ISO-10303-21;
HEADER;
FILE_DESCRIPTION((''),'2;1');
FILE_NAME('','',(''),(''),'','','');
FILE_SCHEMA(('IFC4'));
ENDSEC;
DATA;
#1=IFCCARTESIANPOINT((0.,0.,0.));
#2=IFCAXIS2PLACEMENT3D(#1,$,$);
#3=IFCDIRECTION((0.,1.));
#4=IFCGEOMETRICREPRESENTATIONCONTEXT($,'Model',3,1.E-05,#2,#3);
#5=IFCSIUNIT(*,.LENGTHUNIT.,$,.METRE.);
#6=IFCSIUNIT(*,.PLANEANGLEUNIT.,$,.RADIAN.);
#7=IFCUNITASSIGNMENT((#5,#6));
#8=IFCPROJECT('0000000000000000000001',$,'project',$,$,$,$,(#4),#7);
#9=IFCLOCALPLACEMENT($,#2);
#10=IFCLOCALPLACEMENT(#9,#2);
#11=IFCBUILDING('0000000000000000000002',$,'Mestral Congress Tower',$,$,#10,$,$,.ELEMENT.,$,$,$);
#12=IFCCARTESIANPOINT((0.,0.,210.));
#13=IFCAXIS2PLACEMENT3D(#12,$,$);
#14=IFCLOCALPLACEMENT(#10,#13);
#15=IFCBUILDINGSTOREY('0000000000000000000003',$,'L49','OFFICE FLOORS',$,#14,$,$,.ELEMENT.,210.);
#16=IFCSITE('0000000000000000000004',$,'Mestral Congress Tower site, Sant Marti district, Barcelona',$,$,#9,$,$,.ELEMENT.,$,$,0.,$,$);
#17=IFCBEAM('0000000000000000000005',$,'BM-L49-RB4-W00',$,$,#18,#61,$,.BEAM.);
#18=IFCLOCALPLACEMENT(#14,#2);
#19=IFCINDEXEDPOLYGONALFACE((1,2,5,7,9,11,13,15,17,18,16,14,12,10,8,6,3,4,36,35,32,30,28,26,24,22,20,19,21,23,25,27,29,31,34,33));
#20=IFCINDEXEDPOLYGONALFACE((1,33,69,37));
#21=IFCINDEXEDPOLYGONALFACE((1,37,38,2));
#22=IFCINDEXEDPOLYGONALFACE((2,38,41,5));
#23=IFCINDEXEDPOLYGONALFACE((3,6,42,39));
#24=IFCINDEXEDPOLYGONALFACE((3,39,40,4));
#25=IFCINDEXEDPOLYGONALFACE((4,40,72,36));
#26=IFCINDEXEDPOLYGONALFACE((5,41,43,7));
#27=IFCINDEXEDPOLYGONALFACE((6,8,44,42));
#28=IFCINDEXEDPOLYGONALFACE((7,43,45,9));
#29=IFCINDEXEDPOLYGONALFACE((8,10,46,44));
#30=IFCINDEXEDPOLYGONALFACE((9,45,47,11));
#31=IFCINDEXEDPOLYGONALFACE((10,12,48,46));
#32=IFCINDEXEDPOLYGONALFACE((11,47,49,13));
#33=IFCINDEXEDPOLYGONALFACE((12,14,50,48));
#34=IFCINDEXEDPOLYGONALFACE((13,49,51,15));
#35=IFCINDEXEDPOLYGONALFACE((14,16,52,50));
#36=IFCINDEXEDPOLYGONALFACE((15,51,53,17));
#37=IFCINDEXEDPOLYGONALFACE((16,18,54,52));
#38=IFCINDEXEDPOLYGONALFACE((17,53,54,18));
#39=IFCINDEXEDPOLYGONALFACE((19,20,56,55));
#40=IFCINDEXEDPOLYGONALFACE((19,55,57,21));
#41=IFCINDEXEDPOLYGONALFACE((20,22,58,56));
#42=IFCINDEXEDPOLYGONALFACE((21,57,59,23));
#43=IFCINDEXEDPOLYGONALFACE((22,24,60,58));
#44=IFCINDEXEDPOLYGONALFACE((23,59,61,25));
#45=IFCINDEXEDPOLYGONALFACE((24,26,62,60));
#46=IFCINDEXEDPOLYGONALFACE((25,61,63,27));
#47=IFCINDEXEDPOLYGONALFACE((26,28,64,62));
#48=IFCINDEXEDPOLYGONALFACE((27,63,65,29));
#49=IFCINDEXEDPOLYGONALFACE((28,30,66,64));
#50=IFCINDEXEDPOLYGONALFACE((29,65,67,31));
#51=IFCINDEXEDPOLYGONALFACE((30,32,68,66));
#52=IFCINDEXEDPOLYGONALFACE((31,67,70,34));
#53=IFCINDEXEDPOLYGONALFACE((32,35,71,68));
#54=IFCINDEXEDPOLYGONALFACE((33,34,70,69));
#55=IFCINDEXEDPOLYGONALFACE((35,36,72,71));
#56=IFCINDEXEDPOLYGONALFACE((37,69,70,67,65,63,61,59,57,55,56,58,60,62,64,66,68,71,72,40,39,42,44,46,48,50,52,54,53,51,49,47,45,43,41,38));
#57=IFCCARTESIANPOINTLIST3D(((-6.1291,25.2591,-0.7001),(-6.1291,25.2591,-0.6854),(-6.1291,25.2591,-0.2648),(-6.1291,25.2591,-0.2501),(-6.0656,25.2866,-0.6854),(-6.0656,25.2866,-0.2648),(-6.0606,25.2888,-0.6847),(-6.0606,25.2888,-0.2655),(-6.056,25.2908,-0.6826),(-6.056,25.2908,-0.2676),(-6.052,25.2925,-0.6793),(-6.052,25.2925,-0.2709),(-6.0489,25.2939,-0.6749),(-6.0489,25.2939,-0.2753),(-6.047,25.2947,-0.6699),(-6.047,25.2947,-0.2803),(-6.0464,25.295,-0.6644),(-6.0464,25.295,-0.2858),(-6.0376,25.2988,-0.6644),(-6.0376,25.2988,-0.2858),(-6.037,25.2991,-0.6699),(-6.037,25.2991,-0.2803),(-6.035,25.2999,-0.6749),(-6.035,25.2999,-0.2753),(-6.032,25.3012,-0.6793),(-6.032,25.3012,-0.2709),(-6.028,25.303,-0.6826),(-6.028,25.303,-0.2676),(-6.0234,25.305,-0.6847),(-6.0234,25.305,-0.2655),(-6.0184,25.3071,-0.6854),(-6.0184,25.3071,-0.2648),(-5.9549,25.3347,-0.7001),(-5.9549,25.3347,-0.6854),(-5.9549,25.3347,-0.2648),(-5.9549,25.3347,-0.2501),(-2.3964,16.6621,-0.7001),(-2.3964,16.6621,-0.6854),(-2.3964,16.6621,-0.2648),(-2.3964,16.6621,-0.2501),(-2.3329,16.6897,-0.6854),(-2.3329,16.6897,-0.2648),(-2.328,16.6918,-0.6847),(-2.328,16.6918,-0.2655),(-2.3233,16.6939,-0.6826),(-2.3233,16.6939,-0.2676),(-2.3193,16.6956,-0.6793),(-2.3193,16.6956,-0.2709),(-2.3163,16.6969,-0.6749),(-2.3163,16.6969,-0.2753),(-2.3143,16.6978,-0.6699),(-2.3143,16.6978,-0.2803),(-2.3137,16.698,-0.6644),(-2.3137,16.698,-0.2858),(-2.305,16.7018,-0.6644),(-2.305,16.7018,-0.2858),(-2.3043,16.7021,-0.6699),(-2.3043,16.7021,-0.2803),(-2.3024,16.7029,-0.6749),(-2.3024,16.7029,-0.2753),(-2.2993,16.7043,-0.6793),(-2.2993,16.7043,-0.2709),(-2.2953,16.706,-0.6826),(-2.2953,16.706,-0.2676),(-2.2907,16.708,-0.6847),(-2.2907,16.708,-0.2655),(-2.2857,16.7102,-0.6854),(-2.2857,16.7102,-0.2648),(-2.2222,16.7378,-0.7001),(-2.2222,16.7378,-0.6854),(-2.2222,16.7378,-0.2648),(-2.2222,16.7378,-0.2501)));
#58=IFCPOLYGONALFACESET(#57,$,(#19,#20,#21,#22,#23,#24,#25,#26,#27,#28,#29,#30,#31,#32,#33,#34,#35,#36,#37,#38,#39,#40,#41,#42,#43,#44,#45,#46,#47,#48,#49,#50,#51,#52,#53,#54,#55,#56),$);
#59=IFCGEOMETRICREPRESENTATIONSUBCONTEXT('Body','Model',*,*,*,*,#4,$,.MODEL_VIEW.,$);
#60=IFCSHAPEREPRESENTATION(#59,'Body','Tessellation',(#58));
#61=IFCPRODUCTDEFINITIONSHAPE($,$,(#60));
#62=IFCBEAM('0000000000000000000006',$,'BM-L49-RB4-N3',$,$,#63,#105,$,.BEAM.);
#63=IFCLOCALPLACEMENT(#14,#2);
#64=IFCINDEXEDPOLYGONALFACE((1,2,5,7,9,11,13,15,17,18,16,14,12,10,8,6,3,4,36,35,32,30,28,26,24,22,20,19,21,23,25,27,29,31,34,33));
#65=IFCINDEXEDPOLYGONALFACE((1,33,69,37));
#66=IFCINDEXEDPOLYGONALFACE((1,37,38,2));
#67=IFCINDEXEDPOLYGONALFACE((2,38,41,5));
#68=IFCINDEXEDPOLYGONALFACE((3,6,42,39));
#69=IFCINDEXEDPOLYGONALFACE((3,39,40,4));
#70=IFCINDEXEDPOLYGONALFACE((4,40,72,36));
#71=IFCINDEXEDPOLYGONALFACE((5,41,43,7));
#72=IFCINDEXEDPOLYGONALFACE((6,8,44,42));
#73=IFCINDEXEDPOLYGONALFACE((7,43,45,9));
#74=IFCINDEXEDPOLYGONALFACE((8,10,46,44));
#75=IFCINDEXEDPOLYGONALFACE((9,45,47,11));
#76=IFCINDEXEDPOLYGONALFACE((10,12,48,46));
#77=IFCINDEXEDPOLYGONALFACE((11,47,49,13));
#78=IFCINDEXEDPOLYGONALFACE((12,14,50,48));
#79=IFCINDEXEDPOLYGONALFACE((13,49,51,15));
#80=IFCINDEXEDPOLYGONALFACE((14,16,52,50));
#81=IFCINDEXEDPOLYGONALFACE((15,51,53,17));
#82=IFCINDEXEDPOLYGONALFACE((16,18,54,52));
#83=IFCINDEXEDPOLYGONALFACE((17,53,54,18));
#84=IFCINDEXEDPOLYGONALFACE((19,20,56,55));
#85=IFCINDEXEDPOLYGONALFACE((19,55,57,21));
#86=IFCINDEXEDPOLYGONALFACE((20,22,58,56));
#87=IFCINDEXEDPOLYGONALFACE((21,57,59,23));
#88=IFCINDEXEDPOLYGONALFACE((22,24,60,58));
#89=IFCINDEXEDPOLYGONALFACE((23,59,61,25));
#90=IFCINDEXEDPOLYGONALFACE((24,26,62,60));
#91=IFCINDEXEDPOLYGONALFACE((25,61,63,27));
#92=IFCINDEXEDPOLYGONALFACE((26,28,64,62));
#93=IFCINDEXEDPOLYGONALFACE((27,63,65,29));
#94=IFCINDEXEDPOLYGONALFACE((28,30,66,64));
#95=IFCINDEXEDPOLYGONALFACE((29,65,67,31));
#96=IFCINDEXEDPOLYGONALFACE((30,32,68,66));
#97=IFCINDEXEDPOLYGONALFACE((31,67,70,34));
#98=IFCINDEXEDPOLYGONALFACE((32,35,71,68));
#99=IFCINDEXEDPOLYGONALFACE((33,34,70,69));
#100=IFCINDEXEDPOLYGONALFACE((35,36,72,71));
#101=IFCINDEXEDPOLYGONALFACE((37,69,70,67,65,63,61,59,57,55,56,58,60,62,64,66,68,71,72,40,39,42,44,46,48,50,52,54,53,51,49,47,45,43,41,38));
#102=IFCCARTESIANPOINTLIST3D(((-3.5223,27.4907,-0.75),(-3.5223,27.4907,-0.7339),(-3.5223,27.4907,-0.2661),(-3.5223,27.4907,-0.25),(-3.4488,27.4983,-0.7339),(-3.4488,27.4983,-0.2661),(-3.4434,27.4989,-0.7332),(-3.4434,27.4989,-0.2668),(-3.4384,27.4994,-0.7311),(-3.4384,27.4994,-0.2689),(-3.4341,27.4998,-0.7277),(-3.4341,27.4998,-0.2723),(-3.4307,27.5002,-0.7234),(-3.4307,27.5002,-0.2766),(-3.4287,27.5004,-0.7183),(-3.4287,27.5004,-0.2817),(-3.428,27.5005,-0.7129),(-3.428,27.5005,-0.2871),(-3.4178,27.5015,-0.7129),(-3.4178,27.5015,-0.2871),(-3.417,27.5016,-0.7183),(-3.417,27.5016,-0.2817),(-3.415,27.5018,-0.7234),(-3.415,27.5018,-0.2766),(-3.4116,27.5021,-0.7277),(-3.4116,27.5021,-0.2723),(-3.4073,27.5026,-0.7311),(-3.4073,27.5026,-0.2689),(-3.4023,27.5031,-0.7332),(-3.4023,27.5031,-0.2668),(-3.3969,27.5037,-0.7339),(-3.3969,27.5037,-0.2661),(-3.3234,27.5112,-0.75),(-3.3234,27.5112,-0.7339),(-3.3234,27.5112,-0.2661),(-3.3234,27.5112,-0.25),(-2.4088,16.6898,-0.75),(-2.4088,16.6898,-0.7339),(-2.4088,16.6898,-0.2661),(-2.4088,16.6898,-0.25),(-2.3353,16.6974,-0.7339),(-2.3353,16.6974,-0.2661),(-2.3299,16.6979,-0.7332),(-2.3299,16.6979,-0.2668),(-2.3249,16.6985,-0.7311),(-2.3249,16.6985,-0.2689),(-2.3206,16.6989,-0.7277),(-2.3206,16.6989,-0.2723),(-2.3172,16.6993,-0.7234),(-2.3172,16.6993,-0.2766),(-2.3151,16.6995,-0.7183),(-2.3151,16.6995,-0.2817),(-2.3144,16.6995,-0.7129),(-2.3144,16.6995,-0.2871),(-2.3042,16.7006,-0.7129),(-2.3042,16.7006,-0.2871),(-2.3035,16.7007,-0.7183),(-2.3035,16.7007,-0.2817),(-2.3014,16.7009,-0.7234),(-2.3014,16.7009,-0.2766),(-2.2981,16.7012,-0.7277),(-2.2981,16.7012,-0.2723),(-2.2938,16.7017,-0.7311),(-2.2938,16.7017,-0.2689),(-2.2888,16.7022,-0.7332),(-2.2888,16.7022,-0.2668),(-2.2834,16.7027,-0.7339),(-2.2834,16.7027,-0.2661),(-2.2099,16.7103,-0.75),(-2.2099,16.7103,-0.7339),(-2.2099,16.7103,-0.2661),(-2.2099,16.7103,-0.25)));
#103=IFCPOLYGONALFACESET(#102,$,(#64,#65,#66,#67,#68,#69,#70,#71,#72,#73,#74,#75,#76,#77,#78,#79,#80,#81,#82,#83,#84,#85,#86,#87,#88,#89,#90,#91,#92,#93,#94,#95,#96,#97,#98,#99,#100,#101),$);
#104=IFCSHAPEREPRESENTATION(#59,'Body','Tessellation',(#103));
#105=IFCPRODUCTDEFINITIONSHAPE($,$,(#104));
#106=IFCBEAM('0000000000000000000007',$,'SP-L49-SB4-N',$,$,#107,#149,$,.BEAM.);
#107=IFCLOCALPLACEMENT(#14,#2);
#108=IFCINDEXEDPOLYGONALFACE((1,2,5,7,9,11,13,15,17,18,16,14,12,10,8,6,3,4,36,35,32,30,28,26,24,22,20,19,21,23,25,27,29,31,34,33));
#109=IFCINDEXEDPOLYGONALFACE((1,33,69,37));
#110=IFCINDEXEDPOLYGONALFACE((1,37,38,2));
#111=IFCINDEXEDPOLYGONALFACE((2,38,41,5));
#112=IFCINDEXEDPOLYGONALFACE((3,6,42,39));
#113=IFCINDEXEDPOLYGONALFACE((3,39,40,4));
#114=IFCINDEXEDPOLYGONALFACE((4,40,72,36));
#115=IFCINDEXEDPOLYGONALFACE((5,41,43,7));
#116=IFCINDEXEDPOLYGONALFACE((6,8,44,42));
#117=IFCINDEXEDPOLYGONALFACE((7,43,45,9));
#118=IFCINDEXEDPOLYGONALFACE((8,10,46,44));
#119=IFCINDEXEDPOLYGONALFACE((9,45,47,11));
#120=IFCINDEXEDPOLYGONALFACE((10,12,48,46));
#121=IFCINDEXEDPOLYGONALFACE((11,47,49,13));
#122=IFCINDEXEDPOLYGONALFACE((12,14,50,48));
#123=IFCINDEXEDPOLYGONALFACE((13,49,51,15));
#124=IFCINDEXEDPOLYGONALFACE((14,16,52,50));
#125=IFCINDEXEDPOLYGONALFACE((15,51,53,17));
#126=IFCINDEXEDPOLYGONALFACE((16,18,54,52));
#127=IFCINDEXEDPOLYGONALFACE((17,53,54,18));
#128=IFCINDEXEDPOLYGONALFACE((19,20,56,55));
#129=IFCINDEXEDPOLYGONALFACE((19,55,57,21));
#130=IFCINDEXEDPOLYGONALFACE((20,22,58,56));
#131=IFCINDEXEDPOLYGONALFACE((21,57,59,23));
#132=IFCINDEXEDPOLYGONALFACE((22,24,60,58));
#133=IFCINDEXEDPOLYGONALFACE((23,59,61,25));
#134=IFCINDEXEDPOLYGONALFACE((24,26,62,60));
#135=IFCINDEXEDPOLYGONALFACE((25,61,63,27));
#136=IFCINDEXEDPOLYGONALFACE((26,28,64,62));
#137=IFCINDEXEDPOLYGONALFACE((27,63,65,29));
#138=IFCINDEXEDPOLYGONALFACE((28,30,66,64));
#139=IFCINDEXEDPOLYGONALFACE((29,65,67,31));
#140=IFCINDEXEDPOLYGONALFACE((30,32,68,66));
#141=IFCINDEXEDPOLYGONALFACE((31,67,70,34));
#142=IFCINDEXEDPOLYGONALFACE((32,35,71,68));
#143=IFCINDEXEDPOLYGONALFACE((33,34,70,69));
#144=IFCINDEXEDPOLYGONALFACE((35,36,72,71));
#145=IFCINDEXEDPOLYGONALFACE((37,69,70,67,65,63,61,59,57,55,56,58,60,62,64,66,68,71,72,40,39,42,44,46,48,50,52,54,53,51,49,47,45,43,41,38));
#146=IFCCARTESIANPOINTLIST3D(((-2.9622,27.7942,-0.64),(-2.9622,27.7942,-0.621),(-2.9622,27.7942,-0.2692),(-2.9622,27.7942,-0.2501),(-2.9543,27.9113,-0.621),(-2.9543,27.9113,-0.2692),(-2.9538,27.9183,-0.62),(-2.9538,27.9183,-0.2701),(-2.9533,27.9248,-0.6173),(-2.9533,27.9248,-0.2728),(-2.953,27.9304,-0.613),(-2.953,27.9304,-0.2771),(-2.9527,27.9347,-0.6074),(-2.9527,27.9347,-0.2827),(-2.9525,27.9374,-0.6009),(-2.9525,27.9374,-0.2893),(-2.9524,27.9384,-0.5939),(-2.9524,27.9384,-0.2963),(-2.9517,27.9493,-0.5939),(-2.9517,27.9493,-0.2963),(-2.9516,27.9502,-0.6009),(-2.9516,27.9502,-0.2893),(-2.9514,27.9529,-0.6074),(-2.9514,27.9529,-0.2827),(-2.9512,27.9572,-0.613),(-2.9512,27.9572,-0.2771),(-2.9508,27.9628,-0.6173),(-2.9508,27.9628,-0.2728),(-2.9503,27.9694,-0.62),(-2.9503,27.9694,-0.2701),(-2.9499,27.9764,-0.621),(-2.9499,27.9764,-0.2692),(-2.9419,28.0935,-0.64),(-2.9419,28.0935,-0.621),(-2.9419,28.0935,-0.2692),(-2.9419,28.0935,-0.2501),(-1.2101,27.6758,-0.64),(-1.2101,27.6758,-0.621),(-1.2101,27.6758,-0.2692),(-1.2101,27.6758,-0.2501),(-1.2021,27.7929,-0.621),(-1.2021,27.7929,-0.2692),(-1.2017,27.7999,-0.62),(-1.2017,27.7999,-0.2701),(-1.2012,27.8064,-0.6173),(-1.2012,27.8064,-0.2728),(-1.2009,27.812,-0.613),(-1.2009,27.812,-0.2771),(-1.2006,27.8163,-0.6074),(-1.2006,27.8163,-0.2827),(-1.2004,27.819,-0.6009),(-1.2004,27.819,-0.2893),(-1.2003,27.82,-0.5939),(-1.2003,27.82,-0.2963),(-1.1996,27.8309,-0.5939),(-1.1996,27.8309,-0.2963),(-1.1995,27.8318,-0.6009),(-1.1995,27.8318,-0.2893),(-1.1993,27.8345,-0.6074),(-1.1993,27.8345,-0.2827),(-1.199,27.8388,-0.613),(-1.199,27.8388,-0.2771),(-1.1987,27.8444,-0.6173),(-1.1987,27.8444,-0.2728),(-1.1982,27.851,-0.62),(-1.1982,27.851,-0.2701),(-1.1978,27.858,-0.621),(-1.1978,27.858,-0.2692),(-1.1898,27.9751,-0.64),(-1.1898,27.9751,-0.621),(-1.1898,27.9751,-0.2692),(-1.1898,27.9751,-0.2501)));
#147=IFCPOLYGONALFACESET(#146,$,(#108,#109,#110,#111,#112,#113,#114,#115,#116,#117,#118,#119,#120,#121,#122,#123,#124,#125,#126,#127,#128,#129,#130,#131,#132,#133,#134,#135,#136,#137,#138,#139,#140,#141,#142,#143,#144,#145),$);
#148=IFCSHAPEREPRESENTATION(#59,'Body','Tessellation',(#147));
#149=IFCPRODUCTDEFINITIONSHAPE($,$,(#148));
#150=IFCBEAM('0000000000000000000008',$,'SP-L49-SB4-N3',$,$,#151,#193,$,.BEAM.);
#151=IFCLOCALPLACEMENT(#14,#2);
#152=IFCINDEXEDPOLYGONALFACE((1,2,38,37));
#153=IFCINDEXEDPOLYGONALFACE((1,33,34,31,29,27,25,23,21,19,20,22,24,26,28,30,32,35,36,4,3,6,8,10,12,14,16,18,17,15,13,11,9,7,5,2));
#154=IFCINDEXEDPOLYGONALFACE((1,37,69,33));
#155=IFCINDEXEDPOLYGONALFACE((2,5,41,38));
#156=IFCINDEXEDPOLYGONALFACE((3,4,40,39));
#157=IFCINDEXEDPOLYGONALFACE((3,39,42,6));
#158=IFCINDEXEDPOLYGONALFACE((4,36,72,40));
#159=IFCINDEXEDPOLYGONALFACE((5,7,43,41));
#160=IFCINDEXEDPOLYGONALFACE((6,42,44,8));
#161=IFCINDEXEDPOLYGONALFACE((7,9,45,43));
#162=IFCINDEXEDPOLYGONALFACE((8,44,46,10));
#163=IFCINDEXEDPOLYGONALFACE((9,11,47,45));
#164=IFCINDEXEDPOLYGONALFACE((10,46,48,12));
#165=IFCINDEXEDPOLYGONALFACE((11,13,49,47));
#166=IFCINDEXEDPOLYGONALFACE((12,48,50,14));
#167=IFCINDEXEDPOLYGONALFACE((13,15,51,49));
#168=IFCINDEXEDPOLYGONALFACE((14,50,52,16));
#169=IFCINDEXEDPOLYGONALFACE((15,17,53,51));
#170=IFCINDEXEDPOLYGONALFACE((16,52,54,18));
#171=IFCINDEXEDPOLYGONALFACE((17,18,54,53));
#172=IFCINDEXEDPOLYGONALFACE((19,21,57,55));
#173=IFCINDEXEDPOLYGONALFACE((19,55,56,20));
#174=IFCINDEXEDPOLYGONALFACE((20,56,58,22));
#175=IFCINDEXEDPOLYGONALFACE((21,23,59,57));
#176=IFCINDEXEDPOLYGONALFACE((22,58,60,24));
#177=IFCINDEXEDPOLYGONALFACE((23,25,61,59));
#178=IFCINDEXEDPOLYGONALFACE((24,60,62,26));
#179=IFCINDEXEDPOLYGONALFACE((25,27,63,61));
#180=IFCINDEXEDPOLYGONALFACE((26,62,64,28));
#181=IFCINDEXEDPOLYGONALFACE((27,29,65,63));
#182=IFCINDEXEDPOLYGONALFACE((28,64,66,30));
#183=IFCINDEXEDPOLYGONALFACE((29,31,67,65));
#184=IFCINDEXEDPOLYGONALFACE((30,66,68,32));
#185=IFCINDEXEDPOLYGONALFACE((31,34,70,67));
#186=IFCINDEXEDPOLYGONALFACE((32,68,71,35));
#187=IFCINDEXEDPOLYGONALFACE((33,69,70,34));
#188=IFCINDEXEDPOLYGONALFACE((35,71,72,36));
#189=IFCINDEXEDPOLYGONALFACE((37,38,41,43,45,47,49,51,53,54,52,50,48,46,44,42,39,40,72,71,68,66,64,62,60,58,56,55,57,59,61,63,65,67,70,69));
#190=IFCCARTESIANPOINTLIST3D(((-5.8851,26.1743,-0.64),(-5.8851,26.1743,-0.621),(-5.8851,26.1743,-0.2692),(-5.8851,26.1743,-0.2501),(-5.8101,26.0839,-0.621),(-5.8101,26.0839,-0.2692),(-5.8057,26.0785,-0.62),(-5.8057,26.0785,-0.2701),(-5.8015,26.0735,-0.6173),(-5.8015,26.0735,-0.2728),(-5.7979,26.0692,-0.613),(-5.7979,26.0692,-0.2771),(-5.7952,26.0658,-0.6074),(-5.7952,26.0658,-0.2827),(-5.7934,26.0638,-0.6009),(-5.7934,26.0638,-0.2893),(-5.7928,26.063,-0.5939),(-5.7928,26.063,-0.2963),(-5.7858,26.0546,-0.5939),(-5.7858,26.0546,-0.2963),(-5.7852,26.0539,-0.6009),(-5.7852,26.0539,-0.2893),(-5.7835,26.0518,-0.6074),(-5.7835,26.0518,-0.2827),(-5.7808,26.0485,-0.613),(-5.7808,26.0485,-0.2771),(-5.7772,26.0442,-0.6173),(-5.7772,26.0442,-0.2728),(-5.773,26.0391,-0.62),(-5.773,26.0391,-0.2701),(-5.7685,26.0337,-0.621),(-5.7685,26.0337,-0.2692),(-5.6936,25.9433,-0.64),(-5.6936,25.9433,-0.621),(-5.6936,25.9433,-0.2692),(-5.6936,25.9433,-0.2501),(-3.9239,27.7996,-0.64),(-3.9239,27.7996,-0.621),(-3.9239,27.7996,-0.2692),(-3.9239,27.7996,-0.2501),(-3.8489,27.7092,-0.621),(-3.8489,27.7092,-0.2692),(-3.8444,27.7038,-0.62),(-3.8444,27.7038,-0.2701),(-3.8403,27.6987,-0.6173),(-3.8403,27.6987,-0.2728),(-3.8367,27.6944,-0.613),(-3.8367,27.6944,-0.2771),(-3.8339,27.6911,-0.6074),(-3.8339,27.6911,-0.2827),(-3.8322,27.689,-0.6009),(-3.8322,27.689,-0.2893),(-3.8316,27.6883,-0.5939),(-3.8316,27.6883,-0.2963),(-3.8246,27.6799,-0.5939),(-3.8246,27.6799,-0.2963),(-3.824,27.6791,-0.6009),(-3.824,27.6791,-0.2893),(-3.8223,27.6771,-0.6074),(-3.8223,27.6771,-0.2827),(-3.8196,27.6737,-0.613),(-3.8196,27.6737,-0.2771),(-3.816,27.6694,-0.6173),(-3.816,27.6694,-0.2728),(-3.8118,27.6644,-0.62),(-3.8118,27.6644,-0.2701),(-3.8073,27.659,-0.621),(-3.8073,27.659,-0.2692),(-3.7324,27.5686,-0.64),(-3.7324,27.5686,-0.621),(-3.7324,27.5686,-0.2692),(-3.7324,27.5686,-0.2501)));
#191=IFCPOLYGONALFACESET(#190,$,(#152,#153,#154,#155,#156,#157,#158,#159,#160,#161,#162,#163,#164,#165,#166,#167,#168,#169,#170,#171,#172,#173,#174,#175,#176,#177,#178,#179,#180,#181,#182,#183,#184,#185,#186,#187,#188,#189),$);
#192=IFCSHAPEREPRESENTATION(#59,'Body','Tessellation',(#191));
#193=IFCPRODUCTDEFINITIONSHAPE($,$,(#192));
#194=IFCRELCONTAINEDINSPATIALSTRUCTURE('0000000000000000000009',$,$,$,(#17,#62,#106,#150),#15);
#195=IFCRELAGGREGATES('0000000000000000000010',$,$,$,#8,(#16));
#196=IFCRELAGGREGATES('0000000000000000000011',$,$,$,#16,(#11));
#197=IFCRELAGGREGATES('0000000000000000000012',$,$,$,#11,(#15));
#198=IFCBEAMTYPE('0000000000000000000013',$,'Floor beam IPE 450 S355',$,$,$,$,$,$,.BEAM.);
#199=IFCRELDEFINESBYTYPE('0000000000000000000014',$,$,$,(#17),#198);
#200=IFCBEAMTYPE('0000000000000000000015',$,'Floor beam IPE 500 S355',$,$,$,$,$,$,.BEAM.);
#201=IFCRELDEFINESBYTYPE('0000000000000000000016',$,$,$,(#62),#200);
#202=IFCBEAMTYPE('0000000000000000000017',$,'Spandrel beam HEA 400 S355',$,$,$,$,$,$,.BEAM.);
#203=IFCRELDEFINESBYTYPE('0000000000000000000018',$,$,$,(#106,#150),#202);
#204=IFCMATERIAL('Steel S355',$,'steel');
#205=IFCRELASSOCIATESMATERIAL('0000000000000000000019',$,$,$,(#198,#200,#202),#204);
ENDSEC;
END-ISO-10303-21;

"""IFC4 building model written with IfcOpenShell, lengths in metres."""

from ifc_helpers import new_model, si_unit, direction, frame, origin, origin_2d, place, context, subcontext, project, spatial, i_section, extrude, material, material_profile, profile_set, type_object, element, save


model = new_model("IFC4")

# Units and contexts
model_context = context("Model", 3, precision=1e-05, world=origin(), true_north=direction((0.0, 1.0)))
body_context = subcontext(model_context, "Body", "Model", "MODEL_VIEW")
ifc_project = project(units=[si_unit("LENGTHUNIT", "METRE"), si_unit("PLANEANGLEUNIT", "RADIAN")], contexts=[model_context])

# Site, building, storey
site_placement = place(None, origin())
site = spatial("IfcSite", under=ifc_project, at=site_placement, Name="Mestral Congress Tower site, Sant Marti district, Barcelona", CompositionType="ELEMENT", RefElevation=0.0)
building_placement = place(site_placement, origin())
building = spatial("IfcBuilding", under=site, at=building_placement, Name="Mestral Congress Tower", CompositionType="ELEMENT")
storey_placement = place(building_placement, frame((0.0, 0.0, 210.0)))
storey = spatial("IfcBuildingStorey", under=building, at=storey_placement, Name="L49", Description="OFFICE FLOORS", CompositionType="ELEMENT", Elevation=210.0)

# Beams
ifc_material_1 = material(Name="Steel S355", Category="steel")
ifc_material_profile_1 = material_profile(ifc_material_1, i_section(OverallWidth=0.1899, OverallDepth=0.45, WebThickness=0.0095, FlangeThickness=0.0146, FilletRadius=0.021, at=origin_2d()), Name="IPE 450")
ifc_profile_set_1 = profile_set([ifc_material_profile_1], Name="Steel S355")
beam_type_1 = type_object("IfcBeamType", Name="Floor beam IPE 450 S355", PredefinedType="BEAM", material=ifc_profile_set_1)
beam_1_placement = place(storey_placement, frame((-6.042, 25.2969, -0.4751), z_axis=(0.398266, -0.91727, 0.0), x_axis=(0.91727, 0.398266, 0.0)))
element("IfcBeam", 1, at=beam_1_placement, inside=storey, type_object=beam_type_1, Name="BM-L49-RB4-W00", PredefinedType="BEAM", context=body_context, shape_type="SweptSolid", body=[
    extrude(i_section(OverallWidth=0.1899, OverallDepth=0.45, WebThickness=0.0095, FlangeThickness=0.0146, FilletRadius=0.021, at=origin_2d()), origin(), (0.0, 0.0, 1.0), 9.3723),
])
ifc_material_profile_2 = material_profile(ifc_material_1, i_section(OverallWidth=0.2, OverallDepth=0.5, WebThickness=0.0103, FlangeThickness=0.0161, FilletRadius=0.021, at=origin_2d()), Name="IPE 500")
ifc_profile_set_2 = profile_set([ifc_material_profile_2], Name="Steel S355")
beam_type_2 = type_object("IfcBeamType", Name="Floor beam IPE 500 S355", PredefinedType="BEAM", material=ifc_profile_set_2)
beam_2_placement = place(storey_placement, frame((-3.4229, 27.501, -0.5), z_axis=(0.102551, -0.994728, 0.0), x_axis=(0.994728, 0.102551, 0.0)))
element("IfcBeam", 2, at=beam_2_placement, inside=storey, type_object=beam_type_2, Name="BM-L49-RB4-N3", PredefinedType="BEAM", context=body_context, shape_type="SweptSolid", body=[
    extrude(i_section(OverallWidth=0.2, OverallDepth=0.5, WebThickness=0.0103, FlangeThickness=0.0161, FilletRadius=0.021, at=origin_2d()), origin(), (0.0, 0.0, 1.0), 10.8582),
])
ifc_material_profile_3 = material_profile(ifc_material_1, i_section(OverallWidth=0.3, OverallDepth=0.3899, WebThickness=0.011, FlangeThickness=0.019, FilletRadius=0.0271, at=origin_2d()), Name="HEA 400")
ifc_profile_set_3 = profile_set([ifc_material_profile_3], Name="Steel S355")
beam_type_3 = type_object("IfcBeamType", Name="Spandrel beam HEA 400 S355", PredefinedType="BEAM", material=ifc_profile_set_3)
beam_3_placement = place(storey_placement, frame((-1.2, 27.8254, -0.4451), z_axis=(-0.997724, 0.067423, 0.0), x_axis=(-0.067423, -0.997724, 0.0)))
element("IfcBeam", 3, at=beam_3_placement, inside=storey, type_object=beam_type_3, Name="SP-L49-SB4-N", PredefinedType="BEAM", context=body_context, shape_type="SweptSolid", body=[
    extrude(i_section(OverallWidth=0.3, OverallDepth=0.3899, WebThickness=0.011, FlangeThickness=0.019, FilletRadius=0.0271, at=origin_2d()), origin(), (0.0, 0.0, 1.0), 1.7561),
])
beam_4_placement = place(storey_placement, frame((-3.8281, 27.6841, -0.4451), z_axis=(-0.76997, -0.63808, 0.0), x_axis=(0.63808, -0.76997, 0.0)))
element("IfcBeam", 4, at=beam_4_placement, inside=storey, type_object=beam_type_3, Name="SP-L49-SB4-N3", PredefinedType="BEAM", context=body_context, shape_type="SweptSolid", body=[
    extrude(i_section(OverallWidth=0.3, OverallDepth=0.3899, WebThickness=0.011, FlangeThickness=0.019, FilletRadius=0.0271, at=origin_2d()), origin(), (0.0, 0.0, 1.0), 2.5471),
])

save(model, "model.ifc")
